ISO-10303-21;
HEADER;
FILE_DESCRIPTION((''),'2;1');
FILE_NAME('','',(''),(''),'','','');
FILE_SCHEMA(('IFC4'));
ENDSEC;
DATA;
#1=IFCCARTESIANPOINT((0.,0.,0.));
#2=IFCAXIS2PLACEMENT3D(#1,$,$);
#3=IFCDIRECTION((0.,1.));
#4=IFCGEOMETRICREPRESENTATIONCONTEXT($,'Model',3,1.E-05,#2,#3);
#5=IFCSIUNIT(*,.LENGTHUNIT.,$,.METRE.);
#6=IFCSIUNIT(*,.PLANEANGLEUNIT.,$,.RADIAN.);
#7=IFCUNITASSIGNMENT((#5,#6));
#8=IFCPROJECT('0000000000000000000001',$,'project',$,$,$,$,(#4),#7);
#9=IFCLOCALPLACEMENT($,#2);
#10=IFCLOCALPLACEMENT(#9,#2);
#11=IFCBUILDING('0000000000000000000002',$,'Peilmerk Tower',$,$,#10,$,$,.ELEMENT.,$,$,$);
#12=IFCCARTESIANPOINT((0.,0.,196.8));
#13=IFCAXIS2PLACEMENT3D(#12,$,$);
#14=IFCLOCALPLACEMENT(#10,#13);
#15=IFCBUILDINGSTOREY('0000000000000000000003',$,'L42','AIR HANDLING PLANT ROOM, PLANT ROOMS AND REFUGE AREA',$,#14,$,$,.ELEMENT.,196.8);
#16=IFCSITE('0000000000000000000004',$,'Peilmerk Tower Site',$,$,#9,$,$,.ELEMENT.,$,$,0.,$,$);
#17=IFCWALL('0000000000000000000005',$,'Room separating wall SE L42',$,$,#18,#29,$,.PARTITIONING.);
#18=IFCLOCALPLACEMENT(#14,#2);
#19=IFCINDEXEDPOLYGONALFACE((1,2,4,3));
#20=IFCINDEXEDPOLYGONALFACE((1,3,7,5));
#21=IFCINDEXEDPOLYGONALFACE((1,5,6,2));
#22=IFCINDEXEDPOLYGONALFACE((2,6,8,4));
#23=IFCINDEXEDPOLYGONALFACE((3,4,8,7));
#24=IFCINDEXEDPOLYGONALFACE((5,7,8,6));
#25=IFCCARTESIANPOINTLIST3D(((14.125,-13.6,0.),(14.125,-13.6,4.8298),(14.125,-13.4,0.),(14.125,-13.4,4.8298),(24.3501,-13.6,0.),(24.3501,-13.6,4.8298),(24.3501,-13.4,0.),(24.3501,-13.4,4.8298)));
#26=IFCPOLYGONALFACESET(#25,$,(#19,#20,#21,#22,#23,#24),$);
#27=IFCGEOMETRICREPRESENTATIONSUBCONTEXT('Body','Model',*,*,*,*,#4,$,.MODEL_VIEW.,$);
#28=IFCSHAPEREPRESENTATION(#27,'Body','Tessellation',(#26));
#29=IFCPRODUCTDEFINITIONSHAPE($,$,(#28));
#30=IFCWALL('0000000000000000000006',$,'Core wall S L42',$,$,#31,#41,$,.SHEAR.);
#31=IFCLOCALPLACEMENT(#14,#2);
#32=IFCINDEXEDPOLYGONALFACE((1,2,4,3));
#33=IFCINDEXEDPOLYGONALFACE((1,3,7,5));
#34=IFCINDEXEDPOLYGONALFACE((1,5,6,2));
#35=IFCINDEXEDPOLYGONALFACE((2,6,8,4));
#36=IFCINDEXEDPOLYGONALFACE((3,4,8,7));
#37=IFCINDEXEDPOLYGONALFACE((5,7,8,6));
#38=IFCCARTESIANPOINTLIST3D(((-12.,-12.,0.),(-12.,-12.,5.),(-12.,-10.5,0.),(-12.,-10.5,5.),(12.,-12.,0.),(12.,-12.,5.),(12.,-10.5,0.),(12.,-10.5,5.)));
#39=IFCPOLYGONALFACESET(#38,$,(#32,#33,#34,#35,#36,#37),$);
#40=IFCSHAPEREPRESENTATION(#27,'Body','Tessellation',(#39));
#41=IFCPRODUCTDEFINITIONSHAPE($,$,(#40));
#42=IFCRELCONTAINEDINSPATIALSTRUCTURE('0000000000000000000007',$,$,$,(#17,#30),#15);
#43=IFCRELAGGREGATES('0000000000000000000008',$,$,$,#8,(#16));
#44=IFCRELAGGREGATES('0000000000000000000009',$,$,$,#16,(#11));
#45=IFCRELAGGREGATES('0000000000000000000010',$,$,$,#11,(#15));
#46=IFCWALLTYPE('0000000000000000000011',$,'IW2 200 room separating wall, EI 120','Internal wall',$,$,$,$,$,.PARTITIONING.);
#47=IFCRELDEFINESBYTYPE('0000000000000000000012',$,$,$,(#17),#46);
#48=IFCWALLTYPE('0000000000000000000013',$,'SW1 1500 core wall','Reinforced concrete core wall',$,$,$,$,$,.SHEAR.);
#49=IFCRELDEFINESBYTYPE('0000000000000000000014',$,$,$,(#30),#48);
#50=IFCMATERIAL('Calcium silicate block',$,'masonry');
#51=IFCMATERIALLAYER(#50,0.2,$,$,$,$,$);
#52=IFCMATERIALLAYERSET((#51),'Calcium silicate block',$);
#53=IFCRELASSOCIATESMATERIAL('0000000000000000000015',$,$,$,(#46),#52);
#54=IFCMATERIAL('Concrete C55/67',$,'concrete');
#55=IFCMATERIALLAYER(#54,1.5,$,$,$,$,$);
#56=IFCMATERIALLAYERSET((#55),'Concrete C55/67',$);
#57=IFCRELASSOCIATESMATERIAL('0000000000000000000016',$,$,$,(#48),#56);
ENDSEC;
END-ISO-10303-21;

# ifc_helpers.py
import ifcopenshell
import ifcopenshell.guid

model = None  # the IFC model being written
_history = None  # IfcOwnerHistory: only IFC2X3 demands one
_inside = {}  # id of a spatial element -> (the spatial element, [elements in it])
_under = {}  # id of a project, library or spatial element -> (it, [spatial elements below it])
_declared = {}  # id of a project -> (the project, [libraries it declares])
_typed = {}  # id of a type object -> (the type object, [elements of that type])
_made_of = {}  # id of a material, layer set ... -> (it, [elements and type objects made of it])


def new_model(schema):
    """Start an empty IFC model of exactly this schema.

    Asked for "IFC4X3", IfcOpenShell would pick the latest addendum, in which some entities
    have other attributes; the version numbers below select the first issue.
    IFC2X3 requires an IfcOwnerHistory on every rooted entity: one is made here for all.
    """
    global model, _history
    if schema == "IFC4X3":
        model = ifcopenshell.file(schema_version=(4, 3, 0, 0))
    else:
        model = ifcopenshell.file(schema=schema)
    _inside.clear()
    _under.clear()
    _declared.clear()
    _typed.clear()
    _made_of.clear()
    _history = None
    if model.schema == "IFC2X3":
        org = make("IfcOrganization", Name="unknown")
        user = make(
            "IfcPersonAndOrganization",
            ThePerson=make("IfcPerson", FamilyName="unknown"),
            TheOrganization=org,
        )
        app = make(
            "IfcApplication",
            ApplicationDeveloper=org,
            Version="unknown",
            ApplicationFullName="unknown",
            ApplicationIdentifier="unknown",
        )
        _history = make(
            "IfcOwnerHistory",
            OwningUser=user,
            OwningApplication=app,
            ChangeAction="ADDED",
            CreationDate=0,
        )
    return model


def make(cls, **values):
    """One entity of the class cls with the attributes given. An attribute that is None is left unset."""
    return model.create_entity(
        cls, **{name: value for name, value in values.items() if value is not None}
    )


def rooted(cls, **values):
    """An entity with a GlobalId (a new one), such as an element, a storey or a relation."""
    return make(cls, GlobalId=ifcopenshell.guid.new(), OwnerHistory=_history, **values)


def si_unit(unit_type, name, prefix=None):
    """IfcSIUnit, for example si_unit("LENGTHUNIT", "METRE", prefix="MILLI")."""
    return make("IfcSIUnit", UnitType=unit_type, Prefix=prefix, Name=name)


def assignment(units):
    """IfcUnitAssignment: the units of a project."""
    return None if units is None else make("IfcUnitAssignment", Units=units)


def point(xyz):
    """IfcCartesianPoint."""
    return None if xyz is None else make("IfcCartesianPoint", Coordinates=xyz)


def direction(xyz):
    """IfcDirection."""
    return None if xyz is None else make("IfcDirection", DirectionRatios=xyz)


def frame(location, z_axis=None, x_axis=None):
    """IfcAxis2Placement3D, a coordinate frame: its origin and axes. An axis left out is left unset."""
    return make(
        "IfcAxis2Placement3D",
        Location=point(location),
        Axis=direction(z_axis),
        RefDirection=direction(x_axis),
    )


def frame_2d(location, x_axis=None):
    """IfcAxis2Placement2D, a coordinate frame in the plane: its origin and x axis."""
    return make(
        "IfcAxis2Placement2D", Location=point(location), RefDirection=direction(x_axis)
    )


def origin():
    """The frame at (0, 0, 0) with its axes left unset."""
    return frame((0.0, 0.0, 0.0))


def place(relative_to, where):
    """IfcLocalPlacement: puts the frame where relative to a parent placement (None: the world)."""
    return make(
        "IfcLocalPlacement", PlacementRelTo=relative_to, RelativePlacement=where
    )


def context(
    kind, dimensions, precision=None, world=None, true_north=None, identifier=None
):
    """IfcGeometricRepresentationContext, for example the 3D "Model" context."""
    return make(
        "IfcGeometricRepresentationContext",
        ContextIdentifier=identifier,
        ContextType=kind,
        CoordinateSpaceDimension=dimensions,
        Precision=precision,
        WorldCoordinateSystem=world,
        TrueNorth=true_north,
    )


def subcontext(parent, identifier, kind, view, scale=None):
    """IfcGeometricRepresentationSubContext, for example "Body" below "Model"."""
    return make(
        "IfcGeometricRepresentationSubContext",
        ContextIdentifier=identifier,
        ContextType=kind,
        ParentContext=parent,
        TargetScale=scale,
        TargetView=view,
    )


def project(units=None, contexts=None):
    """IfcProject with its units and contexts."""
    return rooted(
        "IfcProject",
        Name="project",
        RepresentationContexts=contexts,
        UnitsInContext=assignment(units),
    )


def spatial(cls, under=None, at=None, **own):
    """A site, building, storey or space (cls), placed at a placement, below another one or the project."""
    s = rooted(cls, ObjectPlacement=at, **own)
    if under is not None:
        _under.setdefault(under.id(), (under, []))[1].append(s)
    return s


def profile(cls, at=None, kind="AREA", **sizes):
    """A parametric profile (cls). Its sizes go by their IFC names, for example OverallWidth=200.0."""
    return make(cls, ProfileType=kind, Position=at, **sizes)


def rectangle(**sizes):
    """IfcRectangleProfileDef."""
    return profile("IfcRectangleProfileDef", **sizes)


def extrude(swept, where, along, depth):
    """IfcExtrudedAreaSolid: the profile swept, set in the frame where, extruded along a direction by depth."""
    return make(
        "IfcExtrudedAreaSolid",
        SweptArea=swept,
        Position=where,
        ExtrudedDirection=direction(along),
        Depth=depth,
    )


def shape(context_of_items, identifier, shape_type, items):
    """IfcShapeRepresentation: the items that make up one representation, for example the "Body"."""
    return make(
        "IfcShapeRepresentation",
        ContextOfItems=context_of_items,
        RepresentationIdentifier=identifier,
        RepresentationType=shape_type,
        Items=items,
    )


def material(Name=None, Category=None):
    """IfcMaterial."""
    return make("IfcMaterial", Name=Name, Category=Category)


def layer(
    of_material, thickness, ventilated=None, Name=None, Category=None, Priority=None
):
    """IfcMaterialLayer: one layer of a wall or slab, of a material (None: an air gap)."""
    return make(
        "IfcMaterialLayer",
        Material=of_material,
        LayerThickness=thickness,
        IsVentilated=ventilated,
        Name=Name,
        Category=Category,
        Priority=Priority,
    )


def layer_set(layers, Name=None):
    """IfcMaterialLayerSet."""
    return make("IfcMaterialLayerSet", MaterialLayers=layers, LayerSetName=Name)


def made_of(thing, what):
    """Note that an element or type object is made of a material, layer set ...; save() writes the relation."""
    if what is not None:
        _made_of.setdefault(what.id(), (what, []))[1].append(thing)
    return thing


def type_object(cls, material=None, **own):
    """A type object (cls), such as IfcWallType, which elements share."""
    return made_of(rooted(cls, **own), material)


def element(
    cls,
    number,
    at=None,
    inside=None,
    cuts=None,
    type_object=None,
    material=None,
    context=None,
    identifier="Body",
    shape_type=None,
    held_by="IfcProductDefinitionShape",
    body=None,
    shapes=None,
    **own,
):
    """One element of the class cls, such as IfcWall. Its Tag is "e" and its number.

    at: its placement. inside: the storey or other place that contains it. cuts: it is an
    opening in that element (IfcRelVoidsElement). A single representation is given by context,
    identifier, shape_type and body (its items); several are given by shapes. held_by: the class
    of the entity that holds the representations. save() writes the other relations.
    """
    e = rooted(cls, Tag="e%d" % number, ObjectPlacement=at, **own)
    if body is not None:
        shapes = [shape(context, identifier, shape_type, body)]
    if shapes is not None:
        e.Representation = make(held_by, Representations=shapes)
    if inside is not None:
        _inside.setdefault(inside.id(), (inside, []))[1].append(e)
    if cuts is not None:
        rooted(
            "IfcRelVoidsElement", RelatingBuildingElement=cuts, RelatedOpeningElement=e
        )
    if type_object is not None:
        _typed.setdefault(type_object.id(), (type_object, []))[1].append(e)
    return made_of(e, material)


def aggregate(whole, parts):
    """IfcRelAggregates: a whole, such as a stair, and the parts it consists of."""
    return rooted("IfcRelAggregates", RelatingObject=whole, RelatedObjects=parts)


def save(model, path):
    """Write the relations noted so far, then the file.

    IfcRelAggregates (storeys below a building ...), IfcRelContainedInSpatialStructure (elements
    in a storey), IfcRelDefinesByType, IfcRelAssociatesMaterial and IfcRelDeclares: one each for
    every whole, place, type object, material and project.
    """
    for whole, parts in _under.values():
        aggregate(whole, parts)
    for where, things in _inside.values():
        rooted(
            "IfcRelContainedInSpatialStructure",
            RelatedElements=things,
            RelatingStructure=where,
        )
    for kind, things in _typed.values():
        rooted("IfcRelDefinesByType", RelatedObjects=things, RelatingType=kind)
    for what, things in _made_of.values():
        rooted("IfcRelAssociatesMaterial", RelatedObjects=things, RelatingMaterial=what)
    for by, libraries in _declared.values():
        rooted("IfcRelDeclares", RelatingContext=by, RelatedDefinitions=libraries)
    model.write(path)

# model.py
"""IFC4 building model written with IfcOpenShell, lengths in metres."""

from ifc_helpers import new_model, si_unit, direction, frame, frame_2d, origin, place, context, subcontext, project, spatial, rectangle, extrude, material, layer, layer_set, type_object, element, save


model = new_model("IFC4")

# Units and contexts
model_context = context("Model", 3, precision=1e-05, world=origin(), true_north=direction((0.0, 1.0)))
body_context = subcontext(model_context, "Body", "Model", "MODEL_VIEW")
ifc_project = project(units=[si_unit("LENGTHUNIT", "METRE"), si_unit("PLANEANGLEUNIT", "RADIAN")], contexts=[model_context])

# Site, building, storey
site_placement = place(None, origin())
site = spatial("IfcSite", under=ifc_project, at=site_placement, Name="Peilmerk Tower Site", CompositionType="ELEMENT", RefElevation=0.0)
building_placement = place(site_placement, origin())
building = spatial("IfcBuilding", under=site, at=building_placement, Name="Peilmerk Tower", CompositionType="ELEMENT")
storey_placement = place(building_placement, frame((0.0, 0.0, 196.8)))
storey = spatial("IfcBuildingStorey", under=building, at=storey_placement, Name="L42", Description="AIR HANDLING PLANT ROOM, PLANT ROOMS AND REFUGE AREA", CompositionType="ELEMENT", Elevation=196.8)

# Shared definitions
ifc_material_1 = material(Name="Calcium silicate block", Category="masonry")

# Walls
ifc_layer_1 = layer(ifc_material_1, 0.2)
ifc_layer_set_1 = layer_set([ifc_layer_1], Name="Calcium silicate block")
wall_type_1 = type_object("IfcWallType", Name="IW2 200 room separating wall, EI 120", Description="Internal wall", PredefinedType="PARTITIONING", material=ifc_layer_set_1)
wall_1_placement = place(storey_placement, frame((24.3501, -13.5, 0.0), z_axis=(0.0, 0.0, 1.0), x_axis=(-1.0, 0.0, 0.0)))
element("IfcWall", 1, at=wall_1_placement, inside=storey, type_object=wall_type_1, Name="Room separating wall SE L42", PredefinedType="PARTITIONING", context=body_context, shape_type="SweptSolid", body=[
    extrude(rectangle(XDim=10.2251, YDim=0.2, at=frame_2d((5.1125, 0.0))), origin(), (0.0, 0.0, 1.0), 4.8298),
])
ifc_material_2 = material(Name="Concrete C55/67", Category="concrete")
ifc_layer_2 = layer(ifc_material_2, 1.5)
ifc_layer_set_2 = layer_set([ifc_layer_2], Name="Concrete C55/67")
wall_type_2 = type_object("IfcWallType", Name="SW1 1500 core wall", Description="Reinforced concrete core wall", PredefinedType="SHEAR", material=ifc_layer_set_2)
wall_2_placement = place(storey_placement, frame((12.0, -11.25, 0.0), z_axis=(0.0, 0.0, 1.0), x_axis=(-1.0, 0.0, 0.0)))
element("IfcWall", 2, at=wall_2_placement, inside=storey, type_object=wall_type_2, Name="Core wall S L42", PredefinedType="SHEAR", context=body_context, shape_type="SweptSolid", body=[
    extrude(rectangle(XDim=24.0, YDim=1.5, at=frame_2d((12.0, 0.0))), origin(), (0.0, 0.0, 1.0), 5.0),
])

save(model, "model.ifc")
